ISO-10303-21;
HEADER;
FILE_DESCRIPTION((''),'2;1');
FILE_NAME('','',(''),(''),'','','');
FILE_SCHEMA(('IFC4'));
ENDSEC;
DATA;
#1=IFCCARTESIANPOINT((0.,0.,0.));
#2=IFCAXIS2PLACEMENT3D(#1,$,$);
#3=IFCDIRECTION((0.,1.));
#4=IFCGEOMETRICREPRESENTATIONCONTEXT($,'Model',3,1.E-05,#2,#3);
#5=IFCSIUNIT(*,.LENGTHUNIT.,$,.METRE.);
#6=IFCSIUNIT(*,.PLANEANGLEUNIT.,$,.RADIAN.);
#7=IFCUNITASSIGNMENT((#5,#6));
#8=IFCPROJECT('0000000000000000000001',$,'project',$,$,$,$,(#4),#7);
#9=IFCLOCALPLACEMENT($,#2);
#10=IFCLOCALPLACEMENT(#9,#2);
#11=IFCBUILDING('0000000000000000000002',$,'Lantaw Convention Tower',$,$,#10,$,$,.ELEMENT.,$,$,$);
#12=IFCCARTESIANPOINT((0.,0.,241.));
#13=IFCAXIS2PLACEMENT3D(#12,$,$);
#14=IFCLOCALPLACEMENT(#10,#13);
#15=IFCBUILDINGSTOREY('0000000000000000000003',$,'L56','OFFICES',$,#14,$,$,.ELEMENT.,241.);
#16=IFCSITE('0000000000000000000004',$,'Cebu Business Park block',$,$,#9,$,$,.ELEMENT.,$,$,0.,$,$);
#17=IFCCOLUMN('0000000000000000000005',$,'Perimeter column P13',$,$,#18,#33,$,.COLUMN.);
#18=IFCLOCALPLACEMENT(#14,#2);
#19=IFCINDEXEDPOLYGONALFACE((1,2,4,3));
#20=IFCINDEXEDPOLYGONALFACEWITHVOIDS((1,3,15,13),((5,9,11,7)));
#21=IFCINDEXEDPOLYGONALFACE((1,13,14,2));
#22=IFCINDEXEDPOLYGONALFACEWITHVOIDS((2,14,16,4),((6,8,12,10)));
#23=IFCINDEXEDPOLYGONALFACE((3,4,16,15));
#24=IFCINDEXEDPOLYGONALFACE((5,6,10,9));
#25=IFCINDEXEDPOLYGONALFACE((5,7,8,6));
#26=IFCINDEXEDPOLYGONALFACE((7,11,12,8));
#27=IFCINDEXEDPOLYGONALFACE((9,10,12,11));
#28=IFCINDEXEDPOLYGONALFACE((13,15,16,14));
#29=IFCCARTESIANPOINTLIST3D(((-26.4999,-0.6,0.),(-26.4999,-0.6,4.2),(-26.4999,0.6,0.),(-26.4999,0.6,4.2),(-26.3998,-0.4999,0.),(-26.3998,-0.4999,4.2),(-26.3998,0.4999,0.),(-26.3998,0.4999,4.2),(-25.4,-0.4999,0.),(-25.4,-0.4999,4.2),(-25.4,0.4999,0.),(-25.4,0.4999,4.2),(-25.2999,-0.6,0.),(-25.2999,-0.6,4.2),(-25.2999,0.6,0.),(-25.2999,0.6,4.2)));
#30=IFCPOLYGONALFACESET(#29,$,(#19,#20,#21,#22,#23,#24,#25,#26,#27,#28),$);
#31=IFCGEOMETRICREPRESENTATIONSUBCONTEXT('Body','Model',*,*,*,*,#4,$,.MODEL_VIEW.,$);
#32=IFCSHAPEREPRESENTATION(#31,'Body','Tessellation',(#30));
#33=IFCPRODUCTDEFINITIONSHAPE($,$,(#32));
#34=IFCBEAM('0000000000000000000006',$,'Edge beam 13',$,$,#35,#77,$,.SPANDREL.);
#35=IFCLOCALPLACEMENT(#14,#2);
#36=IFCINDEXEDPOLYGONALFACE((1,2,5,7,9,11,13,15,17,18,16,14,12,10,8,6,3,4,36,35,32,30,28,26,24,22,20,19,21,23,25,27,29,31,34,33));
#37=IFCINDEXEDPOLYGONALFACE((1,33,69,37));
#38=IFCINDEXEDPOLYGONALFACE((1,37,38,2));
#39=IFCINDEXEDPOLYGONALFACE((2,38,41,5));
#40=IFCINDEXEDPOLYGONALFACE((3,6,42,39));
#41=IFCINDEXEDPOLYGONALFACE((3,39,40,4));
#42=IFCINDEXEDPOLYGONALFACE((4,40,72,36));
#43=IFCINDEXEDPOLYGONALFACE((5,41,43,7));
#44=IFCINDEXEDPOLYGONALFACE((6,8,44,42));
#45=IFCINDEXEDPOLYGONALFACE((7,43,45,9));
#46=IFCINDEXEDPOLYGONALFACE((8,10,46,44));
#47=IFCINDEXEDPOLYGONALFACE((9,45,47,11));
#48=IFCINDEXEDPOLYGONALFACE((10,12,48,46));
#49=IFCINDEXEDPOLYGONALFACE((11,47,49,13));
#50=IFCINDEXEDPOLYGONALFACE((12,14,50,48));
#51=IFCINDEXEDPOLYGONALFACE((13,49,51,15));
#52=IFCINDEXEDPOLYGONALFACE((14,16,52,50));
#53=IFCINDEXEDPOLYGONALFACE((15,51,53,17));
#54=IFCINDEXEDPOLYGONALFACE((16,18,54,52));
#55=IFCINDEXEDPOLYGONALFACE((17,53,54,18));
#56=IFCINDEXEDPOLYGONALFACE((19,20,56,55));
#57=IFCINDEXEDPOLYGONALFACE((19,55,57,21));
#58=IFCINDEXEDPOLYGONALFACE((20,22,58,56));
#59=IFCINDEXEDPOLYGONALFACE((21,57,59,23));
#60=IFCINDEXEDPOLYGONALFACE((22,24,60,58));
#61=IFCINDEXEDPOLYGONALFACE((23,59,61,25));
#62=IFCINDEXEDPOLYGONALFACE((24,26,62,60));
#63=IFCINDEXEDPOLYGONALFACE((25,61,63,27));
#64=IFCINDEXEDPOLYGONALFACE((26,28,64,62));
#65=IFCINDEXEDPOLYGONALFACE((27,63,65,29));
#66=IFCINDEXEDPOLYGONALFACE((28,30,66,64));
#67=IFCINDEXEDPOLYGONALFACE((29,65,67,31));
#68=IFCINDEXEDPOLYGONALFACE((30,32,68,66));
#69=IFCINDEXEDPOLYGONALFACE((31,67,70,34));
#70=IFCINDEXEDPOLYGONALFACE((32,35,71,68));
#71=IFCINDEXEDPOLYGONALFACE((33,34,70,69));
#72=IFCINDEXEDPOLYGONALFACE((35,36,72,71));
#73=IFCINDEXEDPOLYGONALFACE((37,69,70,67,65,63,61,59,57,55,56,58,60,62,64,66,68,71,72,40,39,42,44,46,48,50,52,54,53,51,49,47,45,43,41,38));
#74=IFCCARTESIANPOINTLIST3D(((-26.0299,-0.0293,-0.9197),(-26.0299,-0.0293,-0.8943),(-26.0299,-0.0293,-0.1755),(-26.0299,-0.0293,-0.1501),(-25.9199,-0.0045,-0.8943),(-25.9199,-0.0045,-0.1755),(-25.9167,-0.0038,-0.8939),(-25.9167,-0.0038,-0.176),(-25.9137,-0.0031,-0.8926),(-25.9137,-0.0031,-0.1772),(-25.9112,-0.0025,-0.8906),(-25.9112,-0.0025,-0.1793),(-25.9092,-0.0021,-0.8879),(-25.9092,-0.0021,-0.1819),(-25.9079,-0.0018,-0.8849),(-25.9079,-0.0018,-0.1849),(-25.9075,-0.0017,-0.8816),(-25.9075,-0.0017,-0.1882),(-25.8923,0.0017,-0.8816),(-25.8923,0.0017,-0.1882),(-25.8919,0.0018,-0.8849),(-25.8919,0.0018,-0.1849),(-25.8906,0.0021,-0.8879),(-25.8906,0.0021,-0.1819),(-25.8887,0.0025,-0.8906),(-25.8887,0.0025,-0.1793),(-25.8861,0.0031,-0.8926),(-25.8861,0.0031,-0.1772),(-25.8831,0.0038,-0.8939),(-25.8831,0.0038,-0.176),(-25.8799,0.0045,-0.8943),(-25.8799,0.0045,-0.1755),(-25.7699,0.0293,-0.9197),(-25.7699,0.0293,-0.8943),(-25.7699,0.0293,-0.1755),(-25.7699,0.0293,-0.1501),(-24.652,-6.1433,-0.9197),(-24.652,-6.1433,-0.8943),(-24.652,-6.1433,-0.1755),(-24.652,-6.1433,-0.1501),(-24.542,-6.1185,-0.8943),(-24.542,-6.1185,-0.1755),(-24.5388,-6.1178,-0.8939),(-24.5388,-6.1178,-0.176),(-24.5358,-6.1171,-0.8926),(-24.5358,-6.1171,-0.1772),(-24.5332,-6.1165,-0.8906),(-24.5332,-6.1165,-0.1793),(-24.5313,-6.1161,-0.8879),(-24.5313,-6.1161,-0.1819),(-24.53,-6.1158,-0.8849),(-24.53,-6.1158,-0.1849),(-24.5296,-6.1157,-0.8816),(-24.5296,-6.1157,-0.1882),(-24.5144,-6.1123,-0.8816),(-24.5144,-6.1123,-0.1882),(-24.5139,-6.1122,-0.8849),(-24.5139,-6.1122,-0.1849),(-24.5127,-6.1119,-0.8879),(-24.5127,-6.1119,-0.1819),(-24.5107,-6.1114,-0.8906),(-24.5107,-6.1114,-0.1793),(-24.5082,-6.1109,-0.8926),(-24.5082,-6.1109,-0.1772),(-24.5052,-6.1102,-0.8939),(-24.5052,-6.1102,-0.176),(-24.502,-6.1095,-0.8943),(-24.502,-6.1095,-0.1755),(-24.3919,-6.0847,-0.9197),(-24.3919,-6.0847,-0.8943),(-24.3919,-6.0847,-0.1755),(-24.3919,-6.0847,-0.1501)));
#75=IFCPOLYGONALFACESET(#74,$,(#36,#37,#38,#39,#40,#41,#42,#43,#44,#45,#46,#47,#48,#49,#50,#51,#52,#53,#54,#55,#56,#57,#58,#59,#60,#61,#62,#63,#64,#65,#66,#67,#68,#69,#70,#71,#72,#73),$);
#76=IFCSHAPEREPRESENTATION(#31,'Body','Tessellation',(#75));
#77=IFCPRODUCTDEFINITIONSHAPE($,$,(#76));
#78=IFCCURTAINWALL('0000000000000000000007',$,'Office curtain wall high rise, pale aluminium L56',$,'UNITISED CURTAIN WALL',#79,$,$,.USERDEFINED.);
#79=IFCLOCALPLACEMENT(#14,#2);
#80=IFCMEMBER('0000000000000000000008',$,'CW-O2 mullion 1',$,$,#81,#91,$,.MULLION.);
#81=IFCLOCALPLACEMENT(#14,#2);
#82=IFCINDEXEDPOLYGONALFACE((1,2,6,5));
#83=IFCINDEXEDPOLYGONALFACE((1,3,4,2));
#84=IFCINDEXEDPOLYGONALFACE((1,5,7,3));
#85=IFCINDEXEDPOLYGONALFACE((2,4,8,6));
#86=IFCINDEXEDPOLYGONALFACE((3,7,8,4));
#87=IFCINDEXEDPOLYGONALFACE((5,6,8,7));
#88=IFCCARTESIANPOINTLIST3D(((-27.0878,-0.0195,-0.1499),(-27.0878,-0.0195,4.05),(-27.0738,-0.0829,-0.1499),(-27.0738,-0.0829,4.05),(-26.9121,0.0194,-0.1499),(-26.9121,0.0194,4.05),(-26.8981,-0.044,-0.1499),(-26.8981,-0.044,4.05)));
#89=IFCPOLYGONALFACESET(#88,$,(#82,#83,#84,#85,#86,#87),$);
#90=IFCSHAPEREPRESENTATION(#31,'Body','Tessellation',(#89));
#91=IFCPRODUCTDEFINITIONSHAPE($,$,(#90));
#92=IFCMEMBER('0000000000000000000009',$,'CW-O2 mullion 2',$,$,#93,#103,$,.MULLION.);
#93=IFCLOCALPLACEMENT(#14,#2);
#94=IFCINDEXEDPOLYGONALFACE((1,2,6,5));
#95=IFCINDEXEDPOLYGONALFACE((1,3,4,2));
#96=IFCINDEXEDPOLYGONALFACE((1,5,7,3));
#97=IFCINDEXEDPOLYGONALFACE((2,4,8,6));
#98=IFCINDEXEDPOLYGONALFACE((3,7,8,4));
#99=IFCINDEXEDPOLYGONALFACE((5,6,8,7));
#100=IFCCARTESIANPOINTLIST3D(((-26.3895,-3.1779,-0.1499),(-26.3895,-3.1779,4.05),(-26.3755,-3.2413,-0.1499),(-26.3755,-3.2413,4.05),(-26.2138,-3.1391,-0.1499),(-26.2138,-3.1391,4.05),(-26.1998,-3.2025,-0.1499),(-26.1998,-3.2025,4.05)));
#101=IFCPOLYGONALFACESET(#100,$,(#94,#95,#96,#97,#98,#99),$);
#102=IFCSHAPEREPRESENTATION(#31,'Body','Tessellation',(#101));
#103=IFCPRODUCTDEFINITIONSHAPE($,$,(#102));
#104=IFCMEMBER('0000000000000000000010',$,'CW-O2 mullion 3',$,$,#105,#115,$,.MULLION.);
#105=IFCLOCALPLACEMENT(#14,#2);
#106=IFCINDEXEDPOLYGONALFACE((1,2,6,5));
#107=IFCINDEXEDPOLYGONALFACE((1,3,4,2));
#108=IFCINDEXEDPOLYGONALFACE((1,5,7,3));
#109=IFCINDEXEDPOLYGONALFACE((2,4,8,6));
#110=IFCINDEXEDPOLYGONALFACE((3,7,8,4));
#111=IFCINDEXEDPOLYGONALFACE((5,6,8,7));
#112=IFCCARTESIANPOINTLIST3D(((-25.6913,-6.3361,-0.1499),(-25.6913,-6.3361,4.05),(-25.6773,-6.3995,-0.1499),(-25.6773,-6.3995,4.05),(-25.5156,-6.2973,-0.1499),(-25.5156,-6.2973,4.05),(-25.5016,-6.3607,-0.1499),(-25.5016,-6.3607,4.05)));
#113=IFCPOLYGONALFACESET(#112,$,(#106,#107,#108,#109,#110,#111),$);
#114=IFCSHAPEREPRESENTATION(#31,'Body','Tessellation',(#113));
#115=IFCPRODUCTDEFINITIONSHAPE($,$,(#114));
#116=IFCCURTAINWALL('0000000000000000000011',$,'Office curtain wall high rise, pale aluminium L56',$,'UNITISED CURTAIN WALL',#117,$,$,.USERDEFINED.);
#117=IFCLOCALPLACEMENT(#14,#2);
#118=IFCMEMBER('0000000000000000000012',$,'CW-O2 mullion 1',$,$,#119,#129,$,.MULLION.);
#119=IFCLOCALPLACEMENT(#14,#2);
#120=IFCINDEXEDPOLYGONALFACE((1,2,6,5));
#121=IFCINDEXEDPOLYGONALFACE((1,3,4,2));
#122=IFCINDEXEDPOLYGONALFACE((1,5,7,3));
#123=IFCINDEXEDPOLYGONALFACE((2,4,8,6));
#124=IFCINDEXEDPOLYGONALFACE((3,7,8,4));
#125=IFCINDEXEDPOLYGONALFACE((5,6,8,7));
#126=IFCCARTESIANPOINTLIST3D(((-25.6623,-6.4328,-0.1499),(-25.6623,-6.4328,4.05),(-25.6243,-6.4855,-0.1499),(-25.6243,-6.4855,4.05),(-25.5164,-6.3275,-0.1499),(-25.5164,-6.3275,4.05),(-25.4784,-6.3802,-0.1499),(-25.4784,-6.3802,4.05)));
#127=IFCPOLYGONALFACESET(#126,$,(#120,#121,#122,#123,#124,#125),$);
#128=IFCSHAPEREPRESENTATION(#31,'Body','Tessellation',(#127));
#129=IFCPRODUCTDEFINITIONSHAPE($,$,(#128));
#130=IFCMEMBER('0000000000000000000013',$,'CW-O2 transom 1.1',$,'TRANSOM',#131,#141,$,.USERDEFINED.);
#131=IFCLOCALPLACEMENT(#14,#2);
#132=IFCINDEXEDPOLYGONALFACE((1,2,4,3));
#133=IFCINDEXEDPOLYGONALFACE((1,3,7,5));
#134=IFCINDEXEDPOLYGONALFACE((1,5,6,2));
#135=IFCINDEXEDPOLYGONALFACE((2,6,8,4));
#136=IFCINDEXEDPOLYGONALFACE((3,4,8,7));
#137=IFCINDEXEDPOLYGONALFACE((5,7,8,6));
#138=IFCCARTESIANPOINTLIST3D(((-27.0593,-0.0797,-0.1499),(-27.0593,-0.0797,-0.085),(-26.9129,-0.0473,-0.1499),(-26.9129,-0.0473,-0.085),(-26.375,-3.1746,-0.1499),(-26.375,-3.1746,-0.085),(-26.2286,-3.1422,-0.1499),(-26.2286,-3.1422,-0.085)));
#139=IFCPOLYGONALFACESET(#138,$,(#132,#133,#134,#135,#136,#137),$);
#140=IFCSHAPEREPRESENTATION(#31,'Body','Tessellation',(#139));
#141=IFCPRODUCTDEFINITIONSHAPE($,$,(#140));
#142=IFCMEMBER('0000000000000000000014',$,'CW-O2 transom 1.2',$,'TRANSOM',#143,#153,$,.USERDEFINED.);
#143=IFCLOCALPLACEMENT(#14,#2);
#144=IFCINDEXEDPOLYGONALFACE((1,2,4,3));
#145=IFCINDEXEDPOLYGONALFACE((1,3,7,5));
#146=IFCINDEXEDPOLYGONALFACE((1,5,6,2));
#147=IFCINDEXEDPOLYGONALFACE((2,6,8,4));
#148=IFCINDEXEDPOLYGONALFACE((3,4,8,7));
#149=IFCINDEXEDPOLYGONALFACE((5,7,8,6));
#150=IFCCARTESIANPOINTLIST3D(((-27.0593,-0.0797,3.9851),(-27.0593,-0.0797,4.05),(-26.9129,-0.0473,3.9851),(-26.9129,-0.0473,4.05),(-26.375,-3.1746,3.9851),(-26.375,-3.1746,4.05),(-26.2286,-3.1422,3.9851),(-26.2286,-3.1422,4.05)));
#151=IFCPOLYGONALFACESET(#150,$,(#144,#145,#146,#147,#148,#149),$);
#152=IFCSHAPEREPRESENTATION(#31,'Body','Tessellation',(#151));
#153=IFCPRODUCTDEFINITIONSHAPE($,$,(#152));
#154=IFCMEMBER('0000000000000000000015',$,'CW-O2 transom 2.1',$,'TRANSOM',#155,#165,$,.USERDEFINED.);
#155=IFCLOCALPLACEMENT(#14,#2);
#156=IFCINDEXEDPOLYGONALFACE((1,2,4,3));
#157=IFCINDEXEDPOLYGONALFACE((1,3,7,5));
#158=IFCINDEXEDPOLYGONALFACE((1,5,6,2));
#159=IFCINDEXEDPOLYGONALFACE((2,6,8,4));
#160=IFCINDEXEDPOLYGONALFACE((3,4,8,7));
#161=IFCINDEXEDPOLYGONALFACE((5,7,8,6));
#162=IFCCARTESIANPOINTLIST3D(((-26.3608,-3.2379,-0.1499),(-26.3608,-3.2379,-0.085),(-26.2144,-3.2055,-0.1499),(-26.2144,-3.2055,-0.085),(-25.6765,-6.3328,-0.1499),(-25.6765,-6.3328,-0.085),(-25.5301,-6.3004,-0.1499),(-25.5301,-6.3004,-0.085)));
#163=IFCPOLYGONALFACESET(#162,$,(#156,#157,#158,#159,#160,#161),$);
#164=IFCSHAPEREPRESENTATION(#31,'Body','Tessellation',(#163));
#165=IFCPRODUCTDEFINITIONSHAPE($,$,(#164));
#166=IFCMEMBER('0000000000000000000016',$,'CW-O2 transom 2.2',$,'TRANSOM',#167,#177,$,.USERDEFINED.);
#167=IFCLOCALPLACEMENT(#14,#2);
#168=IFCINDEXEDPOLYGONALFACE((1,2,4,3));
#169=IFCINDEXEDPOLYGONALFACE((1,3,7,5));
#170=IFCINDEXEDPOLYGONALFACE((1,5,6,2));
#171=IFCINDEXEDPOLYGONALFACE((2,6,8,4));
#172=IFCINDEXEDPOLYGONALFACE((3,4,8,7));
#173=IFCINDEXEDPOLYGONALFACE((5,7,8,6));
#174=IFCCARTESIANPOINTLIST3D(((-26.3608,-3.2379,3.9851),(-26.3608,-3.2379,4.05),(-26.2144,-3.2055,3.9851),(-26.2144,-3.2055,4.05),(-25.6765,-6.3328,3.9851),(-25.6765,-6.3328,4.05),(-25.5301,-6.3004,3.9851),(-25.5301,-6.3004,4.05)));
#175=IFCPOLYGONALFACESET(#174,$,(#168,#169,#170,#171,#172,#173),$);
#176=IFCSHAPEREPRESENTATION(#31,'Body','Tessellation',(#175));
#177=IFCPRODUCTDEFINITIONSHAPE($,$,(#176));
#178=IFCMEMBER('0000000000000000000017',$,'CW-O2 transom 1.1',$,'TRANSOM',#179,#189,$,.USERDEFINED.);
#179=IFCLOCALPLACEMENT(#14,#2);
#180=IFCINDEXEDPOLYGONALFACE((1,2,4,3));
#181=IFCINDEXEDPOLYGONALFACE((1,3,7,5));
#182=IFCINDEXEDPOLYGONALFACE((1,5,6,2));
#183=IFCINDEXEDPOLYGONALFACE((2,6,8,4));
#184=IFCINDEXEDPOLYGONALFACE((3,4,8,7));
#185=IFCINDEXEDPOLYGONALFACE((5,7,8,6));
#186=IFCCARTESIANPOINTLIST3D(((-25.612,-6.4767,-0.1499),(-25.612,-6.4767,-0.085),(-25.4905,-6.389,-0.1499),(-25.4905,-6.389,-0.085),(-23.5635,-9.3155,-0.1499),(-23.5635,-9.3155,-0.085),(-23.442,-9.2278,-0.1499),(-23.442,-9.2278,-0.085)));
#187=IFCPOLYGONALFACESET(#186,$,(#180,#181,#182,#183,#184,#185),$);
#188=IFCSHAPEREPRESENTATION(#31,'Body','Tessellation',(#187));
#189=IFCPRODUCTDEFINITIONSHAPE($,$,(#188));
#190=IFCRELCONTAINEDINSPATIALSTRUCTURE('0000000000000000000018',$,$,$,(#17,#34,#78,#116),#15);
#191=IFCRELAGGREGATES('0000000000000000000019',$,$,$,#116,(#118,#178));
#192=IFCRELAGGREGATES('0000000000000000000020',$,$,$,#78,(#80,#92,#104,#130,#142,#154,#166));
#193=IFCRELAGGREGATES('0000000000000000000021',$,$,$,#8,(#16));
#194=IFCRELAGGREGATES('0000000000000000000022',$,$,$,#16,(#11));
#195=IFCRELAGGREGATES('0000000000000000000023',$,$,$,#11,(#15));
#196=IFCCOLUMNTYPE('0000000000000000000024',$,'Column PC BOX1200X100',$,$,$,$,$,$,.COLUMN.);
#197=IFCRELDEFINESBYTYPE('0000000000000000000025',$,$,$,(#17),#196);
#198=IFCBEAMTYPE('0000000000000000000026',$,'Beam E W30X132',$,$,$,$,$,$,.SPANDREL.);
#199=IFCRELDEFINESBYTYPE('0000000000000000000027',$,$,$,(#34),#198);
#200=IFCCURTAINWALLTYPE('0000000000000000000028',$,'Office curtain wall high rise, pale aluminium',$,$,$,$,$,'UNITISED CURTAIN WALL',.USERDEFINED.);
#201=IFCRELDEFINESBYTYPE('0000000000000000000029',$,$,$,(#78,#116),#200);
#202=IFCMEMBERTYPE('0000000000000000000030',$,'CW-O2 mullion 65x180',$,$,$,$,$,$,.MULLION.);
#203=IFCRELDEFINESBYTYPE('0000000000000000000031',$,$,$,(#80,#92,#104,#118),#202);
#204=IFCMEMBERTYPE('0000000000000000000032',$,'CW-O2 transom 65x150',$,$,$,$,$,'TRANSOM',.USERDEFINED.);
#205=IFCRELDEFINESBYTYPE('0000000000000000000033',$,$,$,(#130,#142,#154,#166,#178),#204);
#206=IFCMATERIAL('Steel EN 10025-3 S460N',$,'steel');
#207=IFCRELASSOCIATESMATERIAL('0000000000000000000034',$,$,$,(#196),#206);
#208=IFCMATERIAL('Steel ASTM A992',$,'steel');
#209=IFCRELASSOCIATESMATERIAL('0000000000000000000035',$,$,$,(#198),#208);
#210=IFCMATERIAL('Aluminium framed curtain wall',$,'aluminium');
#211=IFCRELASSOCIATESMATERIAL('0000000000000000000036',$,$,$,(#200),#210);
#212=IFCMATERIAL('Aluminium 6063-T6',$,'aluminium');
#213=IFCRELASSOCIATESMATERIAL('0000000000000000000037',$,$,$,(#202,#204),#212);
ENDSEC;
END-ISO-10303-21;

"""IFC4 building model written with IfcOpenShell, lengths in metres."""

from ifc_helpers import new_model, si_unit, direction, frame, origin, origin_2d, place, context, subcontext, project, spatial, rectangle, hollow_rectangle, i_section, extrude, material, material_profile, profile_set, type_object, element, aggregate, save


model = new_model("IFC4")

# Units and contexts
model_context = context("Model", 3, precision=1e-05, world=origin(), true_north=direction((0.0, 1.0)))
body_context = subcontext(model_context, "Body", "Model", "MODEL_VIEW")
ifc_project = project(units=[si_unit("LENGTHUNIT", "METRE"), si_unit("PLANEANGLEUNIT", "RADIAN")], contexts=[model_context])

# Site, building, storey
site_placement = place(None, origin())
site = spatial("IfcSite", under=ifc_project, at=site_placement, Name="Cebu Business Park block", CompositionType="ELEMENT", RefElevation=0.0)
building_placement = place(site_placement, origin())
building = spatial("IfcBuilding", under=site, at=building_placement, Name="Lantaw Convention Tower", CompositionType="ELEMENT")
storey_placement = place(building_placement, frame((0.0, 0.0, 241.0)))
storey = spatial("IfcBuildingStorey", under=building, at=storey_placement, Name="L56", Description="OFFICES", CompositionType="ELEMENT", Elevation=241.0)

# Column
ifc_material_1 = material(Name="Steel EN 10025-3 S460N", Category="steel")
ifc_material_profile_1 = material_profile(ifc_material_1, hollow_rectangle(XDim=1.2, YDim=1.2, WallThickness=0.1001, at=origin_2d()), Name="BOX1200X100")
ifc_material_2 = material(Name="Concrete C60/75", Category="concrete")
ifc_material_profile_2 = material_profile(ifc_material_2, rectangle(XDim=1.0, YDim=1.0, at=origin_2d()), Name="Concrete fill of BOX1200X100")
ifc_profile_set_1 = profile_set([ifc_material_profile_1, ifc_material_profile_2], Name="Steel EN 10025-3 S460N")
column_type = type_object("IfcColumnType", Name="Column PC BOX1200X100", PredefinedType="COLUMN", material=ifc_profile_set_1)
column_placement = place(storey_placement, frame((-25.8999, 0.0, 0.0), z_axis=(0.0, 0.0, 1.0), x_axis=(1.0, 0.0, 0.0)))
element("IfcColumn", 1, at=column_placement, inside=storey, type_object=column_type, Name="Perimeter column P13", PredefinedType="COLUMN", context=body_context, shape_type="SweptSolid", body=[
    extrude(hollow_rectangle(XDim=1.2, YDim=1.2, WallThickness=0.1001, at=origin_2d()), origin(), (0.0, 0.0, 1.0), 4.2),
])

# Beam
ifc_material_3 = material(Name="Steel ASTM A992", Category="steel")
ifc_material_profile_3 = material_profile(ifc_material_3, i_section(OverallWidth=0.2666, OverallDepth=0.7695, WebThickness=0.0156, FlangeThickness=0.0254, FilletRadius=0.0127, at=origin_2d()), Name="W30X132")
ifc_profile_set_2 = profile_set([ifc_material_profile_3], Name="Steel ASTM A992")
beam_type = type_object("IfcBeamType", Name="Beam E W30X132", PredefinedType="SPANDREL", material=ifc_profile_set_2)
beam_placement = place(storey_placement, frame((-25.8999, 0.0, -0.5349), z_axis=(0.219858, -0.975532, 0.0), x_axis=(0.975532, 0.219858, 0.0)))
element("IfcBeam", 2, at=beam_placement, inside=storey, type_object=beam_type, Name="Edge beam 13", PredefinedType="SPANDREL", context=body_context, shape_type="SweptSolid", body=[
    extrude(i_section(OverallWidth=0.2666, OverallDepth=0.7695, WebThickness=0.0156, FlangeThickness=0.0254, FilletRadius=0.0127, at=origin_2d()), origin(), (0.0, 0.0, 1.0), 6.2673),
])

# Curtain wall, members
ifc_material_4 = material(Name="Aluminium framed curtain wall", Category="aluminium")
curtain_wall_type = type_object("IfcCurtainWallType", Name="Office curtain wall high rise, pale aluminium", ElementType="UNITISED CURTAIN WALL", PredefinedType="USERDEFINED", material=ifc_material_4)
curtain_wall_1_placement = place(storey_placement, origin())
curtain_wall_1 = element("IfcCurtainWall", 3, at=curtain_wall_1_placement, inside=storey, type_object=curtain_wall_type, Name="Office curtain wall high rise, pale aluminium L56", ObjectType="UNITISED CURTAIN WALL", PredefinedType="USERDEFINED")
ifc_material_5 = material(Name="Aluminium 6063-T6", Category="aluminium")
ifc_material_profile_4 = material_profile(ifc_material_5, rectangle(XDim=0.1799, YDim=0.0649, at=origin_2d()), Name="CW-O2 mullion 65x180")
ifc_profile_set_3 = profile_set([ifc_material_profile_4], Name="Aluminium 6063-T6")
member_type_1 = type_object("IfcMemberType", Name="CW-O2 mullion 65x180", PredefinedType="MULLION", material=ifc_profile_set_3)
member_1_placement = place(storey_placement, frame((-26.9929, -0.0317, -0.1499), z_axis=(0.0, 0.0, 1.0), x_axis=(0.976417, 0.215891, 0.0)))
member_1 = element("IfcMember", 4, at=member_1_placement, type_object=member_type_1, Name="CW-O2 mullion 1", PredefinedType="MULLION", context=body_context, shape_type="SweptSolid", body=[
    extrude(rectangle(XDim=0.1799, YDim=0.0649, at=origin_2d()), origin(), (0.0, 0.0, 1.0), 4.2),
])
member_2_placement = place(storey_placement, frame((-26.2947, -3.1902, -0.1499), z_axis=(0.0, 0.0, 1.0), x_axis=(0.976417, 0.215891, 0.0)))
member_2 = element("IfcMember", 5, at=member_2_placement, type_object=member_type_1, Name="CW-O2 mullion 2", PredefinedType="MULLION", context=body_context, shape_type="SweptSolid", body=[
    extrude(rectangle(XDim=0.1799, YDim=0.0649, at=origin_2d()), origin(), (0.0, 0.0, 1.0), 4.2),
])
member_3_placement = place(storey_placement, frame((-25.5964, -6.3484, -0.1499), z_axis=(0.0, 0.0, 1.0), x_axis=(0.976417, 0.215891, 0.0)))
member_3 = element("IfcMember", 6, at=member_3_placement, type_object=member_type_1, Name="CW-O2 mullion 3", PredefinedType="MULLION", context=body_context, shape_type="SweptSolid", body=[
    extrude(rectangle(XDim=0.1799, YDim=0.0649, at=origin_2d()), origin(), (0.0, 0.0, 1.0), 4.2),
])

# Curtain wall, member
curtain_wall_2_placement = place(storey_placement, origin())
curtain_wall_2 = element("IfcCurtainWall", 7, at=curtain_wall_2_placement, inside=storey, type_object=curtain_wall_type, Name="Office curtain wall high rise, pale aluminium L56", ObjectType="UNITISED CURTAIN WALL", PredefinedType="USERDEFINED")
member_4_placement = place(storey_placement, frame((-25.5703, -6.4065, -0.1499), z_axis=(0.0, 0.0, 1.0), x_axis=(0.81092, 0.585158, 0.0)))
member_4 = element("IfcMember", 8, at=member_4_placement, type_object=member_type_1, Name="CW-O2 mullion 1", PredefinedType="MULLION", context=body_context, shape_type="SweptSolid", body=[
    extrude(rectangle(XDim=0.1799, YDim=0.0649, at=origin_2d()), origin(), (0.0, 0.0, 1.0), 4.2),
])

# Members
ifc_material_profile_5 = material_profile(ifc_material_5, rectangle(XDim=0.1499, YDim=0.0649, at=origin_2d()), Name="CW-O2 transom 65x150")
ifc_profile_set_4 = profile_set([ifc_material_profile_5], Name="Aluminium 6063-T6")
member_type_2 = type_object("IfcMemberType", Name="CW-O2 transom 65x150", ElementType="TRANSOM", PredefinedType="USERDEFINED", material=ifc_profile_set_4)
member_5_placement = place(storey_placement, frame((-26.9861, -0.0635, -0.1174), z_axis=(0.215895, -0.976417, 0.0), x_axis=(0.976417, 0.215895, 0.0)))
member_5 = element("IfcMember", 9, at=member_5_placement, type_object=member_type_2, Name="CW-O2 transom 1.1", ObjectType="TRANSOM", PredefinedType="USERDEFINED", context=body_context, shape_type="SweptSolid", body=[
    extrude(rectangle(XDim=0.1499, YDim=0.0649, at=origin_2d()), origin(), (0.0, 0.0, 1.0), 3.1697),
])
member_6_placement = place(storey_placement, frame((-26.9861, -0.0635, 4.0176), z_axis=(0.215895, -0.976417, 0.0), x_axis=(0.976417, 0.215895, 0.0)))
member_6 = element("IfcMember", 10, at=member_6_placement, type_object=member_type_2, Name="CW-O2 transom 1.2", ObjectType="TRANSOM", PredefinedType="USERDEFINED", context=body_context, shape_type="SweptSolid", body=[
    extrude(rectangle(XDim=0.1499, YDim=0.0649, at=origin_2d()), origin(), (0.0, 0.0, 1.0), 3.1697),
])
member_7_placement = place(storey_placement, frame((-26.2876, -3.2217, -0.1174), z_axis=(0.215895, -0.976417, 0.0), x_axis=(0.976417, 0.215895, 0.0)))
member_7 = element("IfcMember", 11, at=member_7_placement, type_object=member_type_2, Name="CW-O2 transom 2.1", ObjectType="TRANSOM", PredefinedType="USERDEFINED", context=body_context, shape_type="SweptSolid", body=[
    extrude(rectangle(XDim=0.1499, YDim=0.0649, at=origin_2d()), origin(), (0.0, 0.0, 1.0), 3.1697),
])
member_8_placement = place(storey_placement, frame((-26.2876, -3.2217, 4.0176), z_axis=(0.215895, -0.976417, 0.0), x_axis=(0.976417, 0.215895, 0.0)))
member_8 = element("IfcMember", 12, at=member_8_placement, type_object=member_type_2, Name="CW-O2 transom 2.2", ObjectType="TRANSOM", PredefinedType="USERDEFINED", context=body_context, shape_type="SweptSolid", body=[
    extrude(rectangle(XDim=0.1499, YDim=0.0649, at=origin_2d()), origin(), (0.0, 0.0, 1.0), 3.1697),
])
member_9_placement = place(storey_placement, frame((-25.5513, -6.4329, -0.1174), z_axis=(0.58517, -0.810911, 0.0), x_axis=(0.810911, 0.58517, 0.0)))
member_9 = element("IfcMember", 13, at=member_9_placement, type_object=member_type_2, Name="CW-O2 transom 1.1", ObjectType="TRANSOM", PredefinedType="USERDEFINED", context=body_context, shape_type="SweptSolid", body=[
    extrude(rectangle(XDim=0.1499, YDim=0.0649, at=origin_2d()), origin(), (0.0, 0.0, 1.0), 3.5007),
])
aggregate(curtain_wall_2, [member_4, member_9])

aggregate(curtain_wall_1, [member_1, member_2, member_3, member_5, member_6, member_7, member_8])

save(model, "model.ifc")
